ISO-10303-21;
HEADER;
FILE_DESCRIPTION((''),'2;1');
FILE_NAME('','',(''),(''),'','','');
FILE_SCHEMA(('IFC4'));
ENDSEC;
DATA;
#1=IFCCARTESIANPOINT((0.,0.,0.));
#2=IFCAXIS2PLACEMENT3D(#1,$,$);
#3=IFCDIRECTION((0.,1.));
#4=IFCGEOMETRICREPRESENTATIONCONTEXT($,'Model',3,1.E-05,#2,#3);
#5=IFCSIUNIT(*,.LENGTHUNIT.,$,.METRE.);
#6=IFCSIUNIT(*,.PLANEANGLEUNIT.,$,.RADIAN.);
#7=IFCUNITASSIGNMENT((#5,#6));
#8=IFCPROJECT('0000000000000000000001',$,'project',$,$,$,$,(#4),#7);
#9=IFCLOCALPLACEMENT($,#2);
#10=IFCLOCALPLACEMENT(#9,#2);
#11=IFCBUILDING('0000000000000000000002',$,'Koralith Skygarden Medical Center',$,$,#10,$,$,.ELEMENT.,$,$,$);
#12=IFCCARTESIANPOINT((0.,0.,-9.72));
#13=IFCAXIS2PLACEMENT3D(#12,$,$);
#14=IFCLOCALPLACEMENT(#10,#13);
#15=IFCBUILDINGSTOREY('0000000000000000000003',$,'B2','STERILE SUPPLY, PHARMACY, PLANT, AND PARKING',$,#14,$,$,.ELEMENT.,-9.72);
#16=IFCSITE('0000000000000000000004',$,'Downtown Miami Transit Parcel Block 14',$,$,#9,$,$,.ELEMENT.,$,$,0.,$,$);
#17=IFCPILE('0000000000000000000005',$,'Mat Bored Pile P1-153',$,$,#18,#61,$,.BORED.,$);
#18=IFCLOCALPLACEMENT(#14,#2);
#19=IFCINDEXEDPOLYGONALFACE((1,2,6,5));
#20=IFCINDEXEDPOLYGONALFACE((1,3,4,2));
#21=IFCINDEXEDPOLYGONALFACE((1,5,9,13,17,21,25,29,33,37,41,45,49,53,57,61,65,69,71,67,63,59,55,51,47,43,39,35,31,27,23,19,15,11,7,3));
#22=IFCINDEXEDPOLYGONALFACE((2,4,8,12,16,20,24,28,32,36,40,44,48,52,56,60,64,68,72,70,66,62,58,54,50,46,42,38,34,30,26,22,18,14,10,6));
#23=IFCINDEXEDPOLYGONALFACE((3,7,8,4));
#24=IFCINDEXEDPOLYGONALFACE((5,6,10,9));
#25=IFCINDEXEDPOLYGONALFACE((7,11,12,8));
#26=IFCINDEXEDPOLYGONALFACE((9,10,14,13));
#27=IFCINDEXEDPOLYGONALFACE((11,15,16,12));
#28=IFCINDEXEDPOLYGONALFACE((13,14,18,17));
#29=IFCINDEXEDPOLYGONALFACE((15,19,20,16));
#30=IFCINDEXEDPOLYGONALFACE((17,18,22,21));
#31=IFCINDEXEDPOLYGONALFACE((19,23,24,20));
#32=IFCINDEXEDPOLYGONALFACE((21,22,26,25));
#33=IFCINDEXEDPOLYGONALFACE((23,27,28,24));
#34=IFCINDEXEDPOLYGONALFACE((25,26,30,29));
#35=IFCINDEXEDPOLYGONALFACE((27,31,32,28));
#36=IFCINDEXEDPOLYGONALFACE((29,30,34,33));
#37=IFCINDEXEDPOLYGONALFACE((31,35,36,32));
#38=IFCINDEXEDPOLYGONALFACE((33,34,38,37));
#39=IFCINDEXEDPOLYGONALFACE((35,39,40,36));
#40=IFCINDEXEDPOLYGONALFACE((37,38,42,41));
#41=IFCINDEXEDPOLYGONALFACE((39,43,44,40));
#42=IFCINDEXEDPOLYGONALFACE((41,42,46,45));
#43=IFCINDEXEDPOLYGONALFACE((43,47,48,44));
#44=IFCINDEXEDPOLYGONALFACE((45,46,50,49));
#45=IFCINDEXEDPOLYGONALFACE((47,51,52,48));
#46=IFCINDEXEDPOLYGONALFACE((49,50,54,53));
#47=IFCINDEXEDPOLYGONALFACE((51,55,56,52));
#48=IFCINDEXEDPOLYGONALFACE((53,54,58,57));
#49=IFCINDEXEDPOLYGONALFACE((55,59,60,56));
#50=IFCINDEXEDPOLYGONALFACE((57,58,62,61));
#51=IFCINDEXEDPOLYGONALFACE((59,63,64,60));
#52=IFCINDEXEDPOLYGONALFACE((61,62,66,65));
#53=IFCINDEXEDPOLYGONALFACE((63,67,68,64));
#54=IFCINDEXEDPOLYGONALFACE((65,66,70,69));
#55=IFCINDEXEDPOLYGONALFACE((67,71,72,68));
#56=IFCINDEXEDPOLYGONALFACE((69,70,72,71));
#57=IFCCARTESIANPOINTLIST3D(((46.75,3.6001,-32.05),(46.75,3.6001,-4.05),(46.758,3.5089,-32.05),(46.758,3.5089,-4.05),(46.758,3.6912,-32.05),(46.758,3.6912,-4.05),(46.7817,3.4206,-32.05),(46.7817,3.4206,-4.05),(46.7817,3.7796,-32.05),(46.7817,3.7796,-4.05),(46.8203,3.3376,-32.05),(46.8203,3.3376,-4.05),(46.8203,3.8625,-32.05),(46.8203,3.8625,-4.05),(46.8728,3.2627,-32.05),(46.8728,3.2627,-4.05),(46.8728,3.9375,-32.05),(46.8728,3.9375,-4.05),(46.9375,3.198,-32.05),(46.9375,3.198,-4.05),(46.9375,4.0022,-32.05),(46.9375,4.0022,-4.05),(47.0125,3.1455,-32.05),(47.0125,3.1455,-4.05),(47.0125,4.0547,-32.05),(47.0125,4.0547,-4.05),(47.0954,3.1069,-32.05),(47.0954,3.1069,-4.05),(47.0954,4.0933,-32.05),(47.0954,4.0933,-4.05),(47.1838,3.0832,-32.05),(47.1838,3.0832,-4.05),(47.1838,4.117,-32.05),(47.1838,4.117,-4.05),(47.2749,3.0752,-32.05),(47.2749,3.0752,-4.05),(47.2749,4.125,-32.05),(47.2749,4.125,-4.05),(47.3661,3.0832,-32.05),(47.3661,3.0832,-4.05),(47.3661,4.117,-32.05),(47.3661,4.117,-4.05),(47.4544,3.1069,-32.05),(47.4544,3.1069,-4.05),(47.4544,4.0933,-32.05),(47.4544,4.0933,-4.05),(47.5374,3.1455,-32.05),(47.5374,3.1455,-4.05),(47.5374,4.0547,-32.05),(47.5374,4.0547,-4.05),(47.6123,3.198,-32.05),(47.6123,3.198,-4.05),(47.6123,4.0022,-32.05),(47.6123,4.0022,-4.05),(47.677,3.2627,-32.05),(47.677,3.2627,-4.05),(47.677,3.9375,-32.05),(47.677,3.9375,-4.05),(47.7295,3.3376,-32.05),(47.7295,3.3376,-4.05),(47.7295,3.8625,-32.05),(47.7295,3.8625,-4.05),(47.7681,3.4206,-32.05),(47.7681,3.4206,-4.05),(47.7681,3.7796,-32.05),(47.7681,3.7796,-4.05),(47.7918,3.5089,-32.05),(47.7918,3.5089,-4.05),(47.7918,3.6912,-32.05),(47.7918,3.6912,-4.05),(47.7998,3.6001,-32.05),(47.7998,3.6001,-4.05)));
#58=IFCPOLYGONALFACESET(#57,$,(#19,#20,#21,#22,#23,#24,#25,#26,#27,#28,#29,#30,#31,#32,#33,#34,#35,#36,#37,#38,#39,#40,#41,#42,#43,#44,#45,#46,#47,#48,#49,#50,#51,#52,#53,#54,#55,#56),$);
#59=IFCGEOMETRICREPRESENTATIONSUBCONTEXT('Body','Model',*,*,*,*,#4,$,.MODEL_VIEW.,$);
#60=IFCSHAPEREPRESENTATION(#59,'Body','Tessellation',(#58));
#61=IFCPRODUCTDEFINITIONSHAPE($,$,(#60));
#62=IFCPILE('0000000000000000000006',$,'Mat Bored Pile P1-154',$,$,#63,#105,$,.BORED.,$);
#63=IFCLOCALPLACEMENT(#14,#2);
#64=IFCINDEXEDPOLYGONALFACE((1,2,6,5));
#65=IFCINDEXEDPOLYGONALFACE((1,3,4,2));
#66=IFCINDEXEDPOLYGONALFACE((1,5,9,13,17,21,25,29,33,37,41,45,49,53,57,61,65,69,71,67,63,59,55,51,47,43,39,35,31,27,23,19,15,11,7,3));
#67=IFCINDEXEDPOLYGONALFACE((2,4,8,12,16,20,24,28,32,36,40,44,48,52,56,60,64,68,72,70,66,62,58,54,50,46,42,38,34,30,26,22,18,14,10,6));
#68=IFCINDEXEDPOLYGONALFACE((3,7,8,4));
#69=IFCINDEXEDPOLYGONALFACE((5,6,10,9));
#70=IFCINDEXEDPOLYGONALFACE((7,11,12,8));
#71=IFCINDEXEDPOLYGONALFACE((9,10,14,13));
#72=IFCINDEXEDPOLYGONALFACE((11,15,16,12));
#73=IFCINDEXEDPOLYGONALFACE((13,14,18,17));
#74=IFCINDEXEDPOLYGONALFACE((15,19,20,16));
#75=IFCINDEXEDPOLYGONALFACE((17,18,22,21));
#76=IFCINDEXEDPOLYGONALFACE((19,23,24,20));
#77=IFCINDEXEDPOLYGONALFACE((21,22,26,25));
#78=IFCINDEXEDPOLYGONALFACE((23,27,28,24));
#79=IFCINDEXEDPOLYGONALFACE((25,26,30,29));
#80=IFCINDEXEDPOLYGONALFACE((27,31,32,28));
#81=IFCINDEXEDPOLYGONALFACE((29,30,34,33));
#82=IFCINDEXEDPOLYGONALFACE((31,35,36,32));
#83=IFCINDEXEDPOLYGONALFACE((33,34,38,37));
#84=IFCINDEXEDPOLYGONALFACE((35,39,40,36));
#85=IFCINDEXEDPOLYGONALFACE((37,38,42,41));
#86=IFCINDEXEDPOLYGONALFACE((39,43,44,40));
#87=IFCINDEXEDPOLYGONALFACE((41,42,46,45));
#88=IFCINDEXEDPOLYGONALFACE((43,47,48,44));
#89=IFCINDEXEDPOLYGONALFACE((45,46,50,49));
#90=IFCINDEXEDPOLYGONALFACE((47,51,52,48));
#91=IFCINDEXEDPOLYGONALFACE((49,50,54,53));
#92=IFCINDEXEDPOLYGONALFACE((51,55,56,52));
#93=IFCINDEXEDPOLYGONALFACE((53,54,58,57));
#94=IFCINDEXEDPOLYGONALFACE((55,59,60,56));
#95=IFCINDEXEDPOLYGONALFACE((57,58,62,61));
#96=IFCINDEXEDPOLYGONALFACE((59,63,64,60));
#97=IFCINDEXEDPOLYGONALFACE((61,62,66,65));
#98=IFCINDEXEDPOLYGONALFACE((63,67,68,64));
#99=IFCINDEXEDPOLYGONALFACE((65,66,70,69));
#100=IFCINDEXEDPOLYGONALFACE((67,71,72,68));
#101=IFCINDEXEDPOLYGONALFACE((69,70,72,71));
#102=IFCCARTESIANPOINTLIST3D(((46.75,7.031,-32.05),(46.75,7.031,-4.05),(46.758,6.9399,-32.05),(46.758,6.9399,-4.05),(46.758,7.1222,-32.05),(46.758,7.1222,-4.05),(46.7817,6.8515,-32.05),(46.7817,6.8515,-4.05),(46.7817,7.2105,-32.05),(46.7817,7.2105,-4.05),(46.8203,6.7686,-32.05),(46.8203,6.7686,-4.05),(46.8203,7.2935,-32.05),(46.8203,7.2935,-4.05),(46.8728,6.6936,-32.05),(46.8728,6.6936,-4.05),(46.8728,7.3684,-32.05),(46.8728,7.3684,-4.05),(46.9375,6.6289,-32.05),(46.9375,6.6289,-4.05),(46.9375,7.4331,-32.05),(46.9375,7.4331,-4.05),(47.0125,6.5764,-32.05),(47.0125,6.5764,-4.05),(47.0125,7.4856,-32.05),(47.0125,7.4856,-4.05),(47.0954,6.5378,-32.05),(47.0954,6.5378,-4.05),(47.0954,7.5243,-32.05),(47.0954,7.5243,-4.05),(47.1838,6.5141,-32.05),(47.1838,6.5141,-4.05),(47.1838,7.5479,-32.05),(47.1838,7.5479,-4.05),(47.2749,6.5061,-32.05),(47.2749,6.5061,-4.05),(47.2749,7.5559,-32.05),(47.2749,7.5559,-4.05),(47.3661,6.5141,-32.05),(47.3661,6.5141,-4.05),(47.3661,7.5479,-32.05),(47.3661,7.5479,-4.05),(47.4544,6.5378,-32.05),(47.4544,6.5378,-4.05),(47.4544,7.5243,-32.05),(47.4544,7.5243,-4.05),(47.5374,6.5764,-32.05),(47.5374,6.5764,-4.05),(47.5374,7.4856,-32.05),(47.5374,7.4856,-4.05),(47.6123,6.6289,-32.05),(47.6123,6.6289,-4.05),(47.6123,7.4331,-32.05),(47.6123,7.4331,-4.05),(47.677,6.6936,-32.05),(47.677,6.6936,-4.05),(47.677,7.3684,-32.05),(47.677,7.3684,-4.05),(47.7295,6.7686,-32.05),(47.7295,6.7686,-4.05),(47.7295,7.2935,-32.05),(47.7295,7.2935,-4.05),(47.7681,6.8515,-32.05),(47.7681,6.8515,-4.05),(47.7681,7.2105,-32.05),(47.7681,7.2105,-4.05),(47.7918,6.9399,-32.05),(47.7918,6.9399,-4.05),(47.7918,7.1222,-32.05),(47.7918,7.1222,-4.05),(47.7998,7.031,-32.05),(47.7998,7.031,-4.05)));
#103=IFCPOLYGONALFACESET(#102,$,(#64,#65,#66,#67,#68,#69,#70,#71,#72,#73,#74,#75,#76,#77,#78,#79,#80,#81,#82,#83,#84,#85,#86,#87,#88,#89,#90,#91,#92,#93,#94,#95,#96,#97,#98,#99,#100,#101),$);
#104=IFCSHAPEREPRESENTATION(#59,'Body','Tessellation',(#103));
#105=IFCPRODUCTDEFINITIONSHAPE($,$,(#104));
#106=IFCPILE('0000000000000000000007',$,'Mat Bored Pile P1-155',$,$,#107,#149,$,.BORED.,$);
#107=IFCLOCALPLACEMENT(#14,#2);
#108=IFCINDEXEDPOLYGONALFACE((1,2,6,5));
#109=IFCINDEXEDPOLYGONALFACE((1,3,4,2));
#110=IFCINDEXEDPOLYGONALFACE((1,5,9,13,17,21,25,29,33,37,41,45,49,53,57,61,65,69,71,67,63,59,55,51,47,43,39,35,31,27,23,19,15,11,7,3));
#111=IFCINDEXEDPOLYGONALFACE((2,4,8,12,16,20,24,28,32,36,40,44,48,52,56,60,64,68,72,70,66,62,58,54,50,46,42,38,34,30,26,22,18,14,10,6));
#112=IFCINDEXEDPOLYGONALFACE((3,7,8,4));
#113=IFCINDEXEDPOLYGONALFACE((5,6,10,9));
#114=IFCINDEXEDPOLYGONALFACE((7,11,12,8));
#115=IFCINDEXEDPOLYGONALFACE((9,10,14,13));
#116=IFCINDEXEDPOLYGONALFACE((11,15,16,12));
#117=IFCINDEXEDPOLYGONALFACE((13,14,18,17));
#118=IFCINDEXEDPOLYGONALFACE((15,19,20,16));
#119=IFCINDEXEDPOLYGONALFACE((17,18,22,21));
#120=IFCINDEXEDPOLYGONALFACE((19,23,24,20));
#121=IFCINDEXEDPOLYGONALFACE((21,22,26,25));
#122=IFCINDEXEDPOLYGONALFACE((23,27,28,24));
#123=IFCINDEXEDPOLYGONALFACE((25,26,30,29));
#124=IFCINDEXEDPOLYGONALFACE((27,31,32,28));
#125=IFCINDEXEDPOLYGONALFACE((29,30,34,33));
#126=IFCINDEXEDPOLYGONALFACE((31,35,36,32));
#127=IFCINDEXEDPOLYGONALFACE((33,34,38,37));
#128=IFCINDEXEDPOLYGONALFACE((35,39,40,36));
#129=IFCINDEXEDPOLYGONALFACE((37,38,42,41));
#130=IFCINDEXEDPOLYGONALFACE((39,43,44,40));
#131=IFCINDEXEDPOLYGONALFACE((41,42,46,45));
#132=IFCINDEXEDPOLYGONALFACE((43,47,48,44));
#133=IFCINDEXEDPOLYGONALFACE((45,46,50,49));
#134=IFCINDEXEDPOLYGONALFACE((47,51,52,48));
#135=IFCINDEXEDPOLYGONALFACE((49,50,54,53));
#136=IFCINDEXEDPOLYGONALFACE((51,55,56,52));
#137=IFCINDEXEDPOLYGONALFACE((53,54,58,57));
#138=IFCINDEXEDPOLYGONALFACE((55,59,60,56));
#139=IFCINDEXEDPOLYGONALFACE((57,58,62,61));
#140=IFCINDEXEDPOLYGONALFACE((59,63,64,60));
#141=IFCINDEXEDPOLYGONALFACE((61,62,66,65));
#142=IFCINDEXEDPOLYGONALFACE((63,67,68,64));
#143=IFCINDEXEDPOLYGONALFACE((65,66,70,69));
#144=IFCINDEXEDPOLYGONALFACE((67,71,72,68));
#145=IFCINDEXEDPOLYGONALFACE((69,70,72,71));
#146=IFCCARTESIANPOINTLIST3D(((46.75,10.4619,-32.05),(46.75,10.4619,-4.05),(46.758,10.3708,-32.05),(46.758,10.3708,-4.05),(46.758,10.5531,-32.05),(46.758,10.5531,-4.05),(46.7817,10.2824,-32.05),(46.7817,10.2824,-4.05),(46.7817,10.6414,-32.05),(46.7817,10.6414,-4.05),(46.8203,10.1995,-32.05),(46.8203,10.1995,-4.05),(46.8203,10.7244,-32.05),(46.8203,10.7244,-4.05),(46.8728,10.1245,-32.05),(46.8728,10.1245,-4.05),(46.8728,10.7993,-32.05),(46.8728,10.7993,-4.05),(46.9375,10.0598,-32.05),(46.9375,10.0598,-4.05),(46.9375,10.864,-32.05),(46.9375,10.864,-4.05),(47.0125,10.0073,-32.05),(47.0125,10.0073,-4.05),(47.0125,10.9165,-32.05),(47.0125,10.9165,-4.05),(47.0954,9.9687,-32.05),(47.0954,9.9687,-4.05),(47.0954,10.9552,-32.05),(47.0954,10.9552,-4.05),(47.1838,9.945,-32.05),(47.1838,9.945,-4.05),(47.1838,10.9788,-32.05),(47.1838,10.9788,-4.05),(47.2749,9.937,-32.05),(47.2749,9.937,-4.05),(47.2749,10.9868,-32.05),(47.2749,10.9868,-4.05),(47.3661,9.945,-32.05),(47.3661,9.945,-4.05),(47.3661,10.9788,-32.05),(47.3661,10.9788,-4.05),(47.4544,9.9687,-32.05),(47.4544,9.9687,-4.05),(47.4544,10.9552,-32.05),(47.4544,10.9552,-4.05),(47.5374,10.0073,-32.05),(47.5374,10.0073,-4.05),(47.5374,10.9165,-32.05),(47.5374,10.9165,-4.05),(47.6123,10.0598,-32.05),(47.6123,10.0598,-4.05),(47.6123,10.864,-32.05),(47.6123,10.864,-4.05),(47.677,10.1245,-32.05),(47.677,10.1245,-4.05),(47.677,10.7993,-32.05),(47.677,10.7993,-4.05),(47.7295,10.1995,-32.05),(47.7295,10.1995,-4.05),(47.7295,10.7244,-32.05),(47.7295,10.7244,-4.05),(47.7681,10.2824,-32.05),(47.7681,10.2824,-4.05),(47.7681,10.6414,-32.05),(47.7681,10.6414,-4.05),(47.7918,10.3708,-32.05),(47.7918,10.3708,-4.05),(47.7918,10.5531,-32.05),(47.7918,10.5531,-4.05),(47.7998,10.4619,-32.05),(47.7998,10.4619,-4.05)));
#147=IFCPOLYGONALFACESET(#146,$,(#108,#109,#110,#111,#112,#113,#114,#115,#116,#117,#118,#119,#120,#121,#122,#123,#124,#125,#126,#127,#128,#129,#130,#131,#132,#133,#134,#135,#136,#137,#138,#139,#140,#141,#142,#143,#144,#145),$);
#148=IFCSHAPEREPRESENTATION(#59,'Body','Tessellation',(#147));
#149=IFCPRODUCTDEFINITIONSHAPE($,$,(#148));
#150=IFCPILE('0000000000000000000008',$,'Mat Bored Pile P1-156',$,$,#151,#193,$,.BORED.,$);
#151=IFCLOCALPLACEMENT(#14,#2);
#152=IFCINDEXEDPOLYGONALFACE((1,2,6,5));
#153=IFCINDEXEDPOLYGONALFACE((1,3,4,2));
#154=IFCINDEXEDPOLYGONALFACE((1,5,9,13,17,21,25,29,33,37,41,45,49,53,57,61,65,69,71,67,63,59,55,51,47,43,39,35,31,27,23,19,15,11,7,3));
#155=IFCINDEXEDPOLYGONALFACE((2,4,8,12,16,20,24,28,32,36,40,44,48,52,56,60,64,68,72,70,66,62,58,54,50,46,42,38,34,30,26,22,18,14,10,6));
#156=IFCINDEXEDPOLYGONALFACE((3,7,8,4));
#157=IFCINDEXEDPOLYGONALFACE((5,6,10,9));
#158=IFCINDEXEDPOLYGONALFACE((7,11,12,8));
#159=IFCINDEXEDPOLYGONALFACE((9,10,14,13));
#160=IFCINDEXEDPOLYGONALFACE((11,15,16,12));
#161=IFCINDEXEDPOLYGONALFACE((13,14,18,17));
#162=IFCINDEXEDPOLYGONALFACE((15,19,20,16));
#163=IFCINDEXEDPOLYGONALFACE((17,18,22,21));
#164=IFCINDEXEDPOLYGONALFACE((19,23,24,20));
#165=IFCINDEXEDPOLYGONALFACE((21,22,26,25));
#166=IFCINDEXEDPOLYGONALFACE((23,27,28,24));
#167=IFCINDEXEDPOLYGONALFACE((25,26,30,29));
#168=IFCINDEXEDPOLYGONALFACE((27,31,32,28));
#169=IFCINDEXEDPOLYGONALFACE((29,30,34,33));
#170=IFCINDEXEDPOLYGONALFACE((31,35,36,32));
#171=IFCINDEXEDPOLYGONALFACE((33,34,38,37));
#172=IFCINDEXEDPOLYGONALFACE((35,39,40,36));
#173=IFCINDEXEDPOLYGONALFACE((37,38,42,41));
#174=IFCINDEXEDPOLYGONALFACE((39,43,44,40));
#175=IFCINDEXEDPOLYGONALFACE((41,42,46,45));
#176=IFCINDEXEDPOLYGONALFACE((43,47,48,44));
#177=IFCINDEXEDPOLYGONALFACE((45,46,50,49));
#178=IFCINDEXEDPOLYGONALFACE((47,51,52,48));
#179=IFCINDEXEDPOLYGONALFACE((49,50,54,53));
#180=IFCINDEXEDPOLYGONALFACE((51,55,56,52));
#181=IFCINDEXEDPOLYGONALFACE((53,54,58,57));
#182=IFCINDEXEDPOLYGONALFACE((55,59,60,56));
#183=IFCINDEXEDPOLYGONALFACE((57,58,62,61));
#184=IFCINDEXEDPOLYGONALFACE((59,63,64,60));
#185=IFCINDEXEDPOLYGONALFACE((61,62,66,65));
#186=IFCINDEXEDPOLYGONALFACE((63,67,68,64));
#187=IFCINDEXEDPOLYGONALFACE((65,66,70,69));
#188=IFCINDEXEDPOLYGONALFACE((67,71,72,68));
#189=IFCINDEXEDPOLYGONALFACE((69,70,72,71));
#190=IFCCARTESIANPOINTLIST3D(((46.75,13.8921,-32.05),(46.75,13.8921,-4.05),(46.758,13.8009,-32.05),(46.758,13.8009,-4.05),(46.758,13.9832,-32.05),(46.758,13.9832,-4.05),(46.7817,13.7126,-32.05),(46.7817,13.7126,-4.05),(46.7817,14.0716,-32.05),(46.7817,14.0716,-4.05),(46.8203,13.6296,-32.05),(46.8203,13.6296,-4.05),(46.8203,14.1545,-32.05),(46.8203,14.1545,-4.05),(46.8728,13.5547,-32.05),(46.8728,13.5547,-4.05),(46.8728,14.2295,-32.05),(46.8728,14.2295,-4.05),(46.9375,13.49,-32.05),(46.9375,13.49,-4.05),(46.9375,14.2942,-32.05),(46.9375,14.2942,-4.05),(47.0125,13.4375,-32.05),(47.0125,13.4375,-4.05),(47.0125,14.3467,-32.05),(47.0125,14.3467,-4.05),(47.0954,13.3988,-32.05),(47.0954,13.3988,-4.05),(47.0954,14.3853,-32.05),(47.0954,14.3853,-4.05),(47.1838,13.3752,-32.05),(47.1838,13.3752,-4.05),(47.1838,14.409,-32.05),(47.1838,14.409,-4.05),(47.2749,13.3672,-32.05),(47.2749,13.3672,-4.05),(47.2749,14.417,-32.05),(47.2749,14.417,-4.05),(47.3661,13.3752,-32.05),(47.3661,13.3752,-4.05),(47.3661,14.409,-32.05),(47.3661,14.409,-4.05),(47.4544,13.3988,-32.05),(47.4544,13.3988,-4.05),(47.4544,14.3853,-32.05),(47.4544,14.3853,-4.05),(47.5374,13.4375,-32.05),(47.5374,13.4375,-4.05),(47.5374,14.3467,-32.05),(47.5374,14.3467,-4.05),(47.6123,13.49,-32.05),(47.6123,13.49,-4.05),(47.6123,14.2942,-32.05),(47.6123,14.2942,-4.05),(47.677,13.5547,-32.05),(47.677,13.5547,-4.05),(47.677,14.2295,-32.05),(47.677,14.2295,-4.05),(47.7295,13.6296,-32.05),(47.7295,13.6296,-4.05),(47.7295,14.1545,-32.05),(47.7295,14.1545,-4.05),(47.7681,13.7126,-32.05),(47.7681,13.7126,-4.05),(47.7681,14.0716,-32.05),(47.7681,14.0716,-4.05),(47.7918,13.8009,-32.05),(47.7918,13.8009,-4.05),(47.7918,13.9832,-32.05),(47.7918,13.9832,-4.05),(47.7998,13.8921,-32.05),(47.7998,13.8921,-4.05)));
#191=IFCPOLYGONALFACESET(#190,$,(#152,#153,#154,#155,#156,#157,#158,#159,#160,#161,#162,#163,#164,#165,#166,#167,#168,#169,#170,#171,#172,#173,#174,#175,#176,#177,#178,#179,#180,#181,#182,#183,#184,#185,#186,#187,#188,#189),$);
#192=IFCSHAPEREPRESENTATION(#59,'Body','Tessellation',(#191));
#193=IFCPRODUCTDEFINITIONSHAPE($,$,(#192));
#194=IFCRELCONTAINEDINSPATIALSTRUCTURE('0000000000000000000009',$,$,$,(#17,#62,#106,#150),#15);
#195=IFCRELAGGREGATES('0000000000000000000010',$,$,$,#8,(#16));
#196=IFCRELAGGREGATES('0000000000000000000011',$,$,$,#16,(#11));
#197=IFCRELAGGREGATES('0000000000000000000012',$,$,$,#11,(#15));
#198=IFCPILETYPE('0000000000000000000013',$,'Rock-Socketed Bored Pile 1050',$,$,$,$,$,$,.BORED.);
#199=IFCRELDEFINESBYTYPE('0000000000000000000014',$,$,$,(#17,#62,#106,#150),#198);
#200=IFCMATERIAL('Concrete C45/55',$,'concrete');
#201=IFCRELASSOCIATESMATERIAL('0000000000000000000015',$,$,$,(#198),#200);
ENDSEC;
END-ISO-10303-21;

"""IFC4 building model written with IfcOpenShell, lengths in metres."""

from ifc_helpers import new_model, si_unit, direction, frame, origin, origin_2d, place, context, subcontext, project, spatial, circle, extrude, material, material_profile, profile_set, type_object, element, save


model = new_model("IFC4")

# Units and contexts
model_context = context("Model", 3, precision=1e-05, world=origin(), true_north=direction((0.0, 1.0)))
body_context = subcontext(model_context, "Body", "Model", "MODEL_VIEW")
ifc_project = project(units=[si_unit("LENGTHUNIT", "METRE"), si_unit("PLANEANGLEUNIT", "RADIAN")], contexts=[model_context])

# Site, building, storey
site_placement = place(None, origin())
site = spatial("IfcSite", under=ifc_project, at=site_placement, Name="Downtown Miami Transit Parcel Block 14", CompositionType="ELEMENT", RefElevation=0.0)
building_placement = place(site_placement, origin())
building = spatial("IfcBuilding", under=site, at=building_placement, Name="Koralith Skygarden Medical Center", CompositionType="ELEMENT")
storey_placement = place(building_placement, frame((0.0, 0.0, -9.72)))
storey = spatial("IfcBuildingStorey", under=building, at=storey_placement, Name="B2", Description="STERILE SUPPLY, PHARMACY, PLANT, AND PARKING", CompositionType="ELEMENT", Elevation=-9.72)

# Piles
ifc_material_1 = material(Name="Concrete C45/55", Category="concrete")
ifc_material_profile_1 = material_profile(ifc_material_1, circle(Radius=0.5249, at=origin_2d()), Name="PILE1050")
ifc_profile_set_1 = profile_set([ifc_material_profile_1], Name="Concrete C45/55")
pile_type_1 = type_object("IfcPileType", Name="Rock-Socketed Bored Pile 1050", PredefinedType="BORED", material=ifc_profile_set_1)
for number, where, z_axis, x_axis, name in (
    (1, (47.2749, 3.6001, -4.05), (0.0, 0.0, -1.0), (1.0, 0.0, 0.0), "Mat Bored Pile P1-153"),
    (2, (47.2749, 7.031, -4.05), (0.0, 0.0, -1.0), (1.0, 0.0, 0.0), "Mat Bored Pile P1-154"),
    (3, (47.2749, 10.4619, -4.05), (0.0, 0.0, -1.0), (1.0, 0.0, 0.0), "Mat Bored Pile P1-155"),
    (4, (47.2749, 13.8921, -4.05), (0.0, 0.0, -1.0), (1.0, 0.0, 0.0), "Mat Bored Pile P1-156"),
):
    element("IfcPile", number, at=place(storey_placement, frame(where, z_axis=z_axis, x_axis=x_axis)), inside=storey, type_object=pile_type_1, Name=name, PredefinedType="BORED", context=body_context, shape_type="SweptSolid", body=[
        extrude(circle(Radius=0.5249, at=origin_2d()), origin(), (0.0, 0.0, 1.0), 28.0),
    ])

save(model, "model.ifc")
